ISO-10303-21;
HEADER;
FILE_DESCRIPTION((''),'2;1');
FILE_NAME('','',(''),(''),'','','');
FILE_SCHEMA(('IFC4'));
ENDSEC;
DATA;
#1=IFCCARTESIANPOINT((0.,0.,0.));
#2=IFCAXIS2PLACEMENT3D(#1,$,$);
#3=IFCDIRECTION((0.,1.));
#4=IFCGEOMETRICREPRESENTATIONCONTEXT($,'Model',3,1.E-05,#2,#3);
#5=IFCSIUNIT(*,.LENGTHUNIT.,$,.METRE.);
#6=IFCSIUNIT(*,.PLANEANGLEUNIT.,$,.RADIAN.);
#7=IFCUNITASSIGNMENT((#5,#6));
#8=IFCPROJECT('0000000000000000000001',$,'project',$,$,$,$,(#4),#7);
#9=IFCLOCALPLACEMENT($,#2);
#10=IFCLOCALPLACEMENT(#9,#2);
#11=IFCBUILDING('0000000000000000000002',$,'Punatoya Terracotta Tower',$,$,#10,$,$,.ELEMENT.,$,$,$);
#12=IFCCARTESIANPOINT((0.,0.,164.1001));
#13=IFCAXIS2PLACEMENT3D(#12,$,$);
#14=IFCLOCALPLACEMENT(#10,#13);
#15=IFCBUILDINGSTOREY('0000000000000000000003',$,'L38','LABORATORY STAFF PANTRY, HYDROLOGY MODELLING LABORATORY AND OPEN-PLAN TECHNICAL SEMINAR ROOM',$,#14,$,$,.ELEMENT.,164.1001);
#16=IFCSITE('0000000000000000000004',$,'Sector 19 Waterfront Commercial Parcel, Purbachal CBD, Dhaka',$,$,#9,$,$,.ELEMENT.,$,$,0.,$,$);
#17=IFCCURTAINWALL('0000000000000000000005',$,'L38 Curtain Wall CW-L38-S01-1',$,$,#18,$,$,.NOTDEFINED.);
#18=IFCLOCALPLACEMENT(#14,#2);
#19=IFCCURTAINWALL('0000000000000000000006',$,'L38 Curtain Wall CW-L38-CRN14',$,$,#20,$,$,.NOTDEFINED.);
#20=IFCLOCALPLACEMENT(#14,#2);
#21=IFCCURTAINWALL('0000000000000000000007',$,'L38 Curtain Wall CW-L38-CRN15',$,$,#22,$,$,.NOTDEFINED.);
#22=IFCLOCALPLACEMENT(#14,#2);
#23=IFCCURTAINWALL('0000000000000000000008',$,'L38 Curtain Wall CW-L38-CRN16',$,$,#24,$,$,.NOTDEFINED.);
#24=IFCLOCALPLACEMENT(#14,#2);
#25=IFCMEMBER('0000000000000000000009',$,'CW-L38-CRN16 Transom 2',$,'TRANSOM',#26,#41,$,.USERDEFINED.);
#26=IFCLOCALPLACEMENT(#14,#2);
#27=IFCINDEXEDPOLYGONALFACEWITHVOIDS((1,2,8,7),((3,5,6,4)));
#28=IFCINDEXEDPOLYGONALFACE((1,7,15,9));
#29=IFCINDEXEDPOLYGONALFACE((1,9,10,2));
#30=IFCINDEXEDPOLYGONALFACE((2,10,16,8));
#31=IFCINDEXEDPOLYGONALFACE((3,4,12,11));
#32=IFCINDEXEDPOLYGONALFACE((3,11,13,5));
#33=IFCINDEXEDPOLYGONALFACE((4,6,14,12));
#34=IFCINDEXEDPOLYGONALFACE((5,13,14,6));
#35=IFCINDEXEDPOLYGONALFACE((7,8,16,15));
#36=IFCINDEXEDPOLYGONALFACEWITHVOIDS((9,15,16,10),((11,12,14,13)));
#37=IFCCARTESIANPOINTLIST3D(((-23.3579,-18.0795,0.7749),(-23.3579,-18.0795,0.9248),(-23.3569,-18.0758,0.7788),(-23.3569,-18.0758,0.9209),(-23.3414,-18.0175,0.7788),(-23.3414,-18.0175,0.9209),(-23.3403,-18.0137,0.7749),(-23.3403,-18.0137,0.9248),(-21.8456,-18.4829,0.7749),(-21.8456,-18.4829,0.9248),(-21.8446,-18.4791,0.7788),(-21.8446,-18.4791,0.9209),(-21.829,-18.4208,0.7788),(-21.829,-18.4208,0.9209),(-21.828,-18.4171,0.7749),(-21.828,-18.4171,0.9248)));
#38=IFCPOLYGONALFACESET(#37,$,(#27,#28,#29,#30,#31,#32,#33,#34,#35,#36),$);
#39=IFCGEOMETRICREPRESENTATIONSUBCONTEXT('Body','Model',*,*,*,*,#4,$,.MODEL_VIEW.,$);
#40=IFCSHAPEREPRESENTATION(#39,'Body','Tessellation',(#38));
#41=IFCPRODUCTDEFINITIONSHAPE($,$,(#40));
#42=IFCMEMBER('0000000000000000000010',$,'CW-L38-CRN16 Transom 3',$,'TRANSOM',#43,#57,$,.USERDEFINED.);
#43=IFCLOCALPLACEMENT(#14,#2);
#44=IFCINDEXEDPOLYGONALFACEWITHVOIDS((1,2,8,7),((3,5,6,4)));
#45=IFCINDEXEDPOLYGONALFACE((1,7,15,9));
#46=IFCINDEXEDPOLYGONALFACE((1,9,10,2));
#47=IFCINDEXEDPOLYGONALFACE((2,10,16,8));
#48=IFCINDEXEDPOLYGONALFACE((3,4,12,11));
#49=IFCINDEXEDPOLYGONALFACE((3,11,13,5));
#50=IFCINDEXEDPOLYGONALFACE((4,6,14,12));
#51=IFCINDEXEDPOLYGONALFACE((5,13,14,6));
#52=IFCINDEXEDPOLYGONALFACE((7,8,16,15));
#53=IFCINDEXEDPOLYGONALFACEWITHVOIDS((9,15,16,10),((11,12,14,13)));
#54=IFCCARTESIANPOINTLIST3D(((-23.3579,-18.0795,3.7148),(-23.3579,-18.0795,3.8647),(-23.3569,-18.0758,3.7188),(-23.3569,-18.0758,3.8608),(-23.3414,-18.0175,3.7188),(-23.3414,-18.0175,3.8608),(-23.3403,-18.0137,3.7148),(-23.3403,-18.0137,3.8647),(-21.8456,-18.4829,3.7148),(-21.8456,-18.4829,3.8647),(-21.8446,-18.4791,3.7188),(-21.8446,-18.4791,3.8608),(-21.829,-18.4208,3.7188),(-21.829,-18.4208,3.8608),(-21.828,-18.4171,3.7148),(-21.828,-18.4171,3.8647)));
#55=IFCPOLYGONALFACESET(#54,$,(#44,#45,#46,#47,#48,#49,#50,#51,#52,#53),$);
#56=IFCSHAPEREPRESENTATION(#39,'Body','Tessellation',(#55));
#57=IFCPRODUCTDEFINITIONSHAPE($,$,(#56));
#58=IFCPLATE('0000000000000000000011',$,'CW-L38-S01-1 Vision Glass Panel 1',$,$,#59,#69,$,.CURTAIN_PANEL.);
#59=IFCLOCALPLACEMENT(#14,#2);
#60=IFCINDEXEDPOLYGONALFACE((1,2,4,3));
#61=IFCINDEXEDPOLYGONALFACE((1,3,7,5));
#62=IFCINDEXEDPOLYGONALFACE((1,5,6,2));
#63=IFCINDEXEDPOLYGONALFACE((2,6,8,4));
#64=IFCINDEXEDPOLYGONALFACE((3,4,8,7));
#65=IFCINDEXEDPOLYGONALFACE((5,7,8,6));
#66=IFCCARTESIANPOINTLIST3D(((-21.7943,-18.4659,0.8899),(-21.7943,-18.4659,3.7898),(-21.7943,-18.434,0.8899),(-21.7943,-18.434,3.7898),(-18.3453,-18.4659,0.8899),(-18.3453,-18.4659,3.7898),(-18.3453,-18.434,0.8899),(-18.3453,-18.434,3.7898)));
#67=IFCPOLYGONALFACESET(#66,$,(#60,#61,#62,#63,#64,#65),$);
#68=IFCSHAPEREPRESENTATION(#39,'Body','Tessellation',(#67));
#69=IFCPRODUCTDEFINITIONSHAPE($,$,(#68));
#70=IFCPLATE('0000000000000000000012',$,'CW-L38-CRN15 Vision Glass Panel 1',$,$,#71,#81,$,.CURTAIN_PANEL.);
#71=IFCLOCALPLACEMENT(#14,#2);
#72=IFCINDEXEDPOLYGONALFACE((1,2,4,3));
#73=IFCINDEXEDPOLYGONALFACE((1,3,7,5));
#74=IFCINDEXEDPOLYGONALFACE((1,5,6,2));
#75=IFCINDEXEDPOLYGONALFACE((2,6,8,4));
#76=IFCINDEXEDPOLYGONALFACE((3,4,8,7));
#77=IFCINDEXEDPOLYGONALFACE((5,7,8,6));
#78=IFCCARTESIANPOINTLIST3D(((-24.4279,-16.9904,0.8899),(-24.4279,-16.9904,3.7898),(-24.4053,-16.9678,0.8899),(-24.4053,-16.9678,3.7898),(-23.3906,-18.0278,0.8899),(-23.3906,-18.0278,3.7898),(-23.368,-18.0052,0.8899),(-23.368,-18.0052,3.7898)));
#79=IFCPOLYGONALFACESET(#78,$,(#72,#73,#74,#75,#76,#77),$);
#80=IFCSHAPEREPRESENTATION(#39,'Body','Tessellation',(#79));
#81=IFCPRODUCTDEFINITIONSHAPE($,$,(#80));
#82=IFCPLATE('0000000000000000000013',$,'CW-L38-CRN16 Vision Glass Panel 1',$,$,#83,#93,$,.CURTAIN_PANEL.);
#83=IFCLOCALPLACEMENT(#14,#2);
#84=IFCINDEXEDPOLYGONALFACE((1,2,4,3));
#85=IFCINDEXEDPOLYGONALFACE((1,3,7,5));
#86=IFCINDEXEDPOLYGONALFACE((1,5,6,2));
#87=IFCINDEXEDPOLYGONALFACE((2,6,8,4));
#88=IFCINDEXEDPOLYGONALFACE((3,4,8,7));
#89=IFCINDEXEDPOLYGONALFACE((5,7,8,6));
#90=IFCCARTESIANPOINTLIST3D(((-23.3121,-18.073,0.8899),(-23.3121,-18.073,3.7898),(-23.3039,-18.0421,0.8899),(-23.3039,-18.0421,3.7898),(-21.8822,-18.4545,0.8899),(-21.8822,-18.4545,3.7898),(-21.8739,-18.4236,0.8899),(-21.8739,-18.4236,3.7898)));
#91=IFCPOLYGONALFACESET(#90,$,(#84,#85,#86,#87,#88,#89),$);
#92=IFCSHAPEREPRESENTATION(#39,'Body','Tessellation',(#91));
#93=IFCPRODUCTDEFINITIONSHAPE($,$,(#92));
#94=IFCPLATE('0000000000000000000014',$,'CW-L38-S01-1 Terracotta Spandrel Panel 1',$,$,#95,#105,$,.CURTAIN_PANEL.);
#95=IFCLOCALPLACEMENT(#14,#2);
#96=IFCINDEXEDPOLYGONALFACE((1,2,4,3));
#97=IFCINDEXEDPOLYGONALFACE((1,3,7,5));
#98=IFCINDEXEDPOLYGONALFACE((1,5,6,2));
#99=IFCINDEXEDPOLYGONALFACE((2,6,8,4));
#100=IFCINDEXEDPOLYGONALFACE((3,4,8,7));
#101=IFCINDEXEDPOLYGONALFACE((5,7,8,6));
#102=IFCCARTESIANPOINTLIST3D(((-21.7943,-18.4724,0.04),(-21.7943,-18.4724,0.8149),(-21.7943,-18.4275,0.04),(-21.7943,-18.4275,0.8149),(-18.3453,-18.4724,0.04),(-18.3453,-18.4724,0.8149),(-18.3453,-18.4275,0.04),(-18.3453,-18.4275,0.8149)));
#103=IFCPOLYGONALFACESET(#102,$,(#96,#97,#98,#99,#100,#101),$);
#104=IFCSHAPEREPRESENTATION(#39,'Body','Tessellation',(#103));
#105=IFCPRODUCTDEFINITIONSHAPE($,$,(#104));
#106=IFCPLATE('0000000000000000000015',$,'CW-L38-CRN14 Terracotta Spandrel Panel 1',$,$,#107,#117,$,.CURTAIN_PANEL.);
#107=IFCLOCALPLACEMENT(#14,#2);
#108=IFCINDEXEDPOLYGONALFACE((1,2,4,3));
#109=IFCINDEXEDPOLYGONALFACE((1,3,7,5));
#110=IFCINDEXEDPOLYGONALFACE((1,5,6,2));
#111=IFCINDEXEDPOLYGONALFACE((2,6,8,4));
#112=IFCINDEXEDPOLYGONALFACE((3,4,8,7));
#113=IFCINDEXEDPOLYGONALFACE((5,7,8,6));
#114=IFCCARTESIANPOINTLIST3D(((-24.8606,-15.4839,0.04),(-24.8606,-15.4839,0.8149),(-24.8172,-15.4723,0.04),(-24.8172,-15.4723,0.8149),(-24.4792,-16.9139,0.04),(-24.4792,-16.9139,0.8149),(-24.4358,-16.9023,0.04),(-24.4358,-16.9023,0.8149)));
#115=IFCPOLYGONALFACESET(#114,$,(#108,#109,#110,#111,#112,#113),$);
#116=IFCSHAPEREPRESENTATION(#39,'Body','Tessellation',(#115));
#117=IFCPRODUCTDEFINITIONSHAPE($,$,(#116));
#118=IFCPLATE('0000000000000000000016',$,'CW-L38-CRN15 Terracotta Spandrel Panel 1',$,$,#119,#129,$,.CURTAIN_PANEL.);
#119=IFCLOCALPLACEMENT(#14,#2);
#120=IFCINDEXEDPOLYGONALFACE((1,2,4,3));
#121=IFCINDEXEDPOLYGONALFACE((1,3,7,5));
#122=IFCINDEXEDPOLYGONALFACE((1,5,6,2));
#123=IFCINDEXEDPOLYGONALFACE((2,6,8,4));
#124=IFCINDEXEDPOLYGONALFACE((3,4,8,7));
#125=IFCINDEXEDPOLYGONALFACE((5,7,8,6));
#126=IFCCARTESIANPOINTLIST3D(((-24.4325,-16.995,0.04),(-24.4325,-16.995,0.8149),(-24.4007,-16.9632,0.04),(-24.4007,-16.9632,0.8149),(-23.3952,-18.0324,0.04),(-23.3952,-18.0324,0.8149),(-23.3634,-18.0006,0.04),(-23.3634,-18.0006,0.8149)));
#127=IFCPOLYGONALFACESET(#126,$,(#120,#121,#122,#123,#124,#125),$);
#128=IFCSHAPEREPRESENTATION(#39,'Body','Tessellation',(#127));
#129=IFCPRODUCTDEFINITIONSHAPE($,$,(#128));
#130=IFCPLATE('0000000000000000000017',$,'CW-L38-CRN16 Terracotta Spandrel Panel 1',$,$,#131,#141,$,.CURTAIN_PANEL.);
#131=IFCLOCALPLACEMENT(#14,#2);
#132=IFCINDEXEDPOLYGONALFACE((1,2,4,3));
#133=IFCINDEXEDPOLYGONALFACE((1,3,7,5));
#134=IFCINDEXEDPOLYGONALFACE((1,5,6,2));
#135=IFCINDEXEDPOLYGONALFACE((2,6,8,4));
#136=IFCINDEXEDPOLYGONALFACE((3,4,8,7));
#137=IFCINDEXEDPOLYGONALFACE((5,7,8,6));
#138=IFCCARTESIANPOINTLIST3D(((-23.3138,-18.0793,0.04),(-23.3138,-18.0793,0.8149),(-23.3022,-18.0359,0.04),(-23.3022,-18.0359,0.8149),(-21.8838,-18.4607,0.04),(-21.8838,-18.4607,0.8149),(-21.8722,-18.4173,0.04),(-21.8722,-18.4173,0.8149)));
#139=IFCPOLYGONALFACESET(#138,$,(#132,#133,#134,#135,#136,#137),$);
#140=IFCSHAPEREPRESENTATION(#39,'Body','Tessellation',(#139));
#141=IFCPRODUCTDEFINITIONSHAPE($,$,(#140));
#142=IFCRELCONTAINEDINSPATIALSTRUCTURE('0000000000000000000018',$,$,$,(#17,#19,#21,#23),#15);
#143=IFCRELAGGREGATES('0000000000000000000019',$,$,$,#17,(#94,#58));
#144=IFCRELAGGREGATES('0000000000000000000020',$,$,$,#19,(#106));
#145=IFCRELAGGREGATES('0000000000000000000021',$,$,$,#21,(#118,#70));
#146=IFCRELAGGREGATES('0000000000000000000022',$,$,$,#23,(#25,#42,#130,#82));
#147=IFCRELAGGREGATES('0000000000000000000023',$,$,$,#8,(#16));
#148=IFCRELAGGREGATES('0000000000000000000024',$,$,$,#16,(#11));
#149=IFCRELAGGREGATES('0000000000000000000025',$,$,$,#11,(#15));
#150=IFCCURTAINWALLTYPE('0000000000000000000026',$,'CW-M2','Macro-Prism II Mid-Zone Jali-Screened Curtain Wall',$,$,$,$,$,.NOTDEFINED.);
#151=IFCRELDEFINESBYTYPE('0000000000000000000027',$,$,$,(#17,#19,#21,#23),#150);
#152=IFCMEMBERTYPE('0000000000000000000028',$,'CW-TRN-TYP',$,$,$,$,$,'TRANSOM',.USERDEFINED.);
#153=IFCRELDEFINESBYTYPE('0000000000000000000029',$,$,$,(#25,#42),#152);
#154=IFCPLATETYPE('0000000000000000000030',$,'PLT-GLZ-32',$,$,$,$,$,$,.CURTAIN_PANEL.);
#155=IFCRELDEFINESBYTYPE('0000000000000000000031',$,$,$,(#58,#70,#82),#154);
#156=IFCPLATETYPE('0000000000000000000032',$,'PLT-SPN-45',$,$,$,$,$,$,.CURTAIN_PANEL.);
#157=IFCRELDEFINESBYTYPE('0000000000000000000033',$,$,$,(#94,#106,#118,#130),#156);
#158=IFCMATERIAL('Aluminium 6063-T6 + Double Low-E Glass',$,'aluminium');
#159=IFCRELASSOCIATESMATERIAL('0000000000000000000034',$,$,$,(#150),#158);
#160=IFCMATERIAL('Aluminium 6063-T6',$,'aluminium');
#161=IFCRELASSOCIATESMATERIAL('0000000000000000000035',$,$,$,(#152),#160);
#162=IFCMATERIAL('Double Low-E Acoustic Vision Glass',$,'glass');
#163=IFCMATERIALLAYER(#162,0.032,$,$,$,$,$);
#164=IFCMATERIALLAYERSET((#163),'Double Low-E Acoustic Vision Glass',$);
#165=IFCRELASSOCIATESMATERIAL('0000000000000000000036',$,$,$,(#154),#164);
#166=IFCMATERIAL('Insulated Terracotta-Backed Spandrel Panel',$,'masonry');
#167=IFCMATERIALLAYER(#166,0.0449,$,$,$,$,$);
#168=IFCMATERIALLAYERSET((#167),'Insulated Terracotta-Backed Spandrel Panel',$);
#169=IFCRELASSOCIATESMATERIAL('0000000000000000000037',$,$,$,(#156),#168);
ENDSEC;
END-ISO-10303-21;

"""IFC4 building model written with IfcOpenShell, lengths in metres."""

from ifc_helpers import new_model, si_unit, direction, frame, origin, origin_2d, place, context, subcontext, project, spatial, rectangle, hollow_rectangle, extrude, material, layer, layer_set, material_profile, profile_set, type_object, element, aggregate, save


model = new_model("IFC4")

# Units and contexts
model_context = context("Model", 3, precision=1e-05, world=origin(), true_north=direction((0.0, 1.0)))
body_context = subcontext(model_context, "Body", "Model", "MODEL_VIEW")
ifc_project = project(units=[si_unit("LENGTHUNIT", "METRE"), si_unit("PLANEANGLEUNIT", "RADIAN")], contexts=[model_context])

# Site, building, storey
site_placement = place(None, origin())
site = spatial("IfcSite", under=ifc_project, at=site_placement, Name="Sector 19 Waterfront Commercial Parcel, Purbachal CBD, Dhaka", CompositionType="ELEMENT", RefElevation=0.0)
building_placement = place(site_placement, origin())
building = spatial("IfcBuilding", under=site, at=building_placement, Name="Punatoya Terracotta Tower", CompositionType="ELEMENT")
storey_placement = place(building_placement, frame((0.0, 0.0, 164.1001)))
storey = spatial("IfcBuildingStorey", under=building, at=storey_placement, Name="L38", Description="LABORATORY STAFF PANTRY, HYDROLOGY MODELLING LABORATORY AND OPEN-PLAN TECHNICAL SEMINAR ROOM", CompositionType="ELEMENT", Elevation=164.1001)

# Curtain walls
ifc_material_1 = material(Name="Aluminium 6063-T6 + Double Low-E Glass", Category="aluminium")
curtain_wall_type = type_object("IfcCurtainWallType", Name="CW-M2", Description="Macro-Prism II Mid-Zone Jali-Screened Curtain Wall", PredefinedType="NOTDEFINED", material=ifc_material_1)
curtain_wall_1_placement = place(storey_placement, origin())
curtain_wall_1 = element("IfcCurtainWall", 1, at=curtain_wall_1_placement, inside=storey, type_object=curtain_wall_type, Name="L38 Curtain Wall CW-L38-S01-1", PredefinedType="NOTDEFINED")
ifc_material_2 = material(Name="Aluminium 6063-T6", Category="aluminium")
curtain_wall_2_placement = place(storey_placement, origin())
curtain_wall_2 = element("IfcCurtainWall", 2, at=curtain_wall_2_placement, inside=storey, type_object=curtain_wall_type, Name="L38 Curtain Wall CW-L38-CRN14", PredefinedType="NOTDEFINED")

# Curtain walls
curtain_wall_3_placement = place(storey_placement, origin())
curtain_wall_3 = element("IfcCurtainWall", 3, at=curtain_wall_3_placement, inside=storey, type_object=curtain_wall_type, Name="L38 Curtain Wall CW-L38-CRN15", PredefinedType="NOTDEFINED")
curtain_wall_4_placement = place(storey_placement, origin())
curtain_wall_4 = element("IfcCurtainWall", 4, at=curtain_wall_4_placement, inside=storey, type_object=curtain_wall_type, Name="L38 Curtain Wall CW-L38-CRN16", PredefinedType="NOTDEFINED")

# Members
ifc_material_profile_1 = material_profile(ifc_material_2, hollow_rectangle(XDim=0.0681, YDim=0.1499, WallThickness=0.0039, at=origin_2d()))
ifc_profile_set_1 = profile_set([ifc_material_profile_1], Name="Aluminium 6063-T6")
member_type_1 = type_object("IfcMemberType", Name="CW-TRN-TYP", ElementType="TRANSOM", PredefinedType="USERDEFINED", material=ifc_profile_set_1)
member_1_placement = place(storey_placement, frame((-23.3491, -18.0466, 0.8499), z_axis=(0.966225, -0.257701, 0.0), x_axis=(0.257701, 0.966225, 0.0)))
member_1 = element("IfcMember", 5, at=member_1_placement, type_object=member_type_1, Name="CW-L38-CRN16 Transom 2", ObjectType="TRANSOM", PredefinedType="USERDEFINED", context=body_context, shape_type="SweptSolid", body=[
    extrude(hollow_rectangle(XDim=0.0681, YDim=0.1499, WallThickness=0.0039, at=origin_2d()), origin(), (0.0, 0.0, 1.0), 1.5652),
])
member_2_placement = place(storey_placement, frame((-23.3491, -18.0466, 3.7898), z_axis=(0.966225, -0.257701, 0.0), x_axis=(0.257701, 0.966225, 0.0)))
member_2 = element("IfcMember", 6, at=member_2_placement, type_object=member_type_1, Name="CW-L38-CRN16 Transom 3", ObjectType="TRANSOM", PredefinedType="USERDEFINED", context=body_context, shape_type="SweptSolid", body=[
    extrude(hollow_rectangle(XDim=0.0681, YDim=0.1499, WallThickness=0.0039, at=origin_2d()), origin(), (0.0, 0.0, 1.0), 1.5652),
])

# Plates
ifc_material_3 = material(Name="Double Low-E Acoustic Vision Glass", Category="glass")
ifc_layer_1 = layer(ifc_material_3, 0.032)
ifc_layer_set_1 = layer_set([ifc_layer_1], Name="Double Low-E Acoustic Vision Glass")
plate_type_1 = type_object("IfcPlateType", Name="PLT-GLZ-32", PredefinedType="CURTAIN_PANEL", material=ifc_layer_set_1)
plate_1_placement = place(storey_placement, frame((-20.0698, -18.45, 0.8899), z_axis=(0.0, 0.0, 1.0), x_axis=(1.0, 0.0, 0.0)))
plate_1 = element("IfcPlate", 7, at=plate_1_placement, type_object=plate_type_1, Name="CW-L38-S01-1 Vision Glass Panel 1", PredefinedType="CURTAIN_PANEL", context=body_context, shape_type="SweptSolid", body=[
    extrude(rectangle(XDim=3.449, YDim=0.032, at=origin_2d()), origin(), (0.0, 0.0, 1.0), 2.8999),
])
plate_2_placement = place(storey_placement, frame((-23.8979, -17.4978, 0.8899), z_axis=(0.0, 0.0, 1.0), x_axis=(0.707107, -0.707107, 0.0)))
plate_2 = element("IfcPlate", 8, at=plate_2_placement, type_object=plate_type_1, Name="CW-L38-CRN15 Vision Glass Panel 1", PredefinedType="CURTAIN_PANEL", context=body_context, shape_type="SweptSolid", body=[
    extrude(rectangle(XDim=1.467, YDim=0.032, at=origin_2d()), origin(), (0.0, 0.0, 1.0), 2.8999),
])
plate_3_placement = place(storey_placement, frame((-22.593, -18.2483, 0.8899), z_axis=(0.0, 0.0, 1.0), x_axis=(0.966214, -0.257742, 0.0)))
plate_3 = element("IfcPlate", 9, at=plate_3_placement, type_object=plate_type_1, Name="CW-L38-CRN16 Vision Glass Panel 1", PredefinedType="CURTAIN_PANEL", context=body_context, shape_type="SweptSolid", body=[
    extrude(rectangle(XDim=1.48, YDim=0.032, at=origin_2d()), origin(), (0.0, 0.0, 1.0), 2.8999),
])
ifc_material_4 = material(Name="Insulated Terracotta-Backed Spandrel Panel", Category="masonry")
ifc_layer_2 = layer(ifc_material_4, 0.0449)
ifc_layer_set_2 = layer_set([ifc_layer_2], Name="Insulated Terracotta-Backed Spandrel Panel")
plate_type_2 = type_object("IfcPlateType", Name="PLT-SPN-45", PredefinedType="CURTAIN_PANEL", material=ifc_layer_set_2)
plate_4_placement = place(storey_placement, frame((-20.0698, -18.45, 0.04), z_axis=(0.0, 0.0, 1.0), x_axis=(1.0, 0.0, 0.0)))
plate_4 = element("IfcPlate", 10, at=plate_4_placement, type_object=plate_type_2, Name="CW-L38-S01-1 Terracotta Spandrel Panel 1", PredefinedType="CURTAIN_PANEL", context=body_context, shape_type="SweptSolid", body=[
    extrude(rectangle(XDim=3.449, YDim=0.0449, at=origin_2d()), origin(), (0.0, 0.0, 1.0), 0.7749),
])
aggregate(curtain_wall_1, [plate_4, plate_1])
plate_5_placement = place(storey_placement, frame((-24.6482, -16.1931, 0.04), z_axis=(0.0, 0.0, 1.0), x_axis=(0.257742, -0.966214, 0.0)))
plate_5 = element("IfcPlate", 11, at=plate_5_placement, type_object=plate_type_2, Name="CW-L38-CRN14 Terracotta Spandrel Panel 1", PredefinedType="CURTAIN_PANEL", context=body_context, shape_type="SweptSolid", body=[
    extrude(rectangle(XDim=1.48, YDim=0.0449, at=origin_2d()), origin(), (0.0, 0.0, 1.0), 0.7749),
])
aggregate(curtain_wall_2, [plate_5])
plate_6_placement = place(storey_placement, frame((-23.8979, -17.4978, 0.04), z_axis=(0.0, 0.0, 1.0), x_axis=(0.707107, -0.707107, 0.0)))
plate_6 = element("IfcPlate", 12, at=plate_6_placement, type_object=plate_type_2, Name="CW-L38-CRN15 Terracotta Spandrel Panel 1", PredefinedType="CURTAIN_PANEL", context=body_context, shape_type="SweptSolid", body=[
    extrude(rectangle(XDim=1.467, YDim=0.0449, at=origin_2d()), origin(), (0.0, 0.0, 1.0), 0.7749),
])
aggregate(curtain_wall_3, [plate_6, plate_2])
plate_7_placement = place(storey_placement, frame((-22.593, -18.2483, 0.04), z_axis=(0.0, 0.0, 1.0), x_axis=(0.966214, -0.257742, 0.0)))
plate_7 = element("IfcPlate", 13, at=plate_7_placement, type_object=plate_type_2, Name="CW-L38-CRN16 Terracotta Spandrel Panel 1", PredefinedType="CURTAIN_PANEL", context=body_context, shape_type="SweptSolid", body=[
    extrude(rectangle(XDim=1.48, YDim=0.0449, at=origin_2d()), origin(), (0.0, 0.0, 1.0), 0.7749),
])
aggregate(curtain_wall_4, [member_1, member_2, plate_7, plate_3])

save(model, "model.ifc")
